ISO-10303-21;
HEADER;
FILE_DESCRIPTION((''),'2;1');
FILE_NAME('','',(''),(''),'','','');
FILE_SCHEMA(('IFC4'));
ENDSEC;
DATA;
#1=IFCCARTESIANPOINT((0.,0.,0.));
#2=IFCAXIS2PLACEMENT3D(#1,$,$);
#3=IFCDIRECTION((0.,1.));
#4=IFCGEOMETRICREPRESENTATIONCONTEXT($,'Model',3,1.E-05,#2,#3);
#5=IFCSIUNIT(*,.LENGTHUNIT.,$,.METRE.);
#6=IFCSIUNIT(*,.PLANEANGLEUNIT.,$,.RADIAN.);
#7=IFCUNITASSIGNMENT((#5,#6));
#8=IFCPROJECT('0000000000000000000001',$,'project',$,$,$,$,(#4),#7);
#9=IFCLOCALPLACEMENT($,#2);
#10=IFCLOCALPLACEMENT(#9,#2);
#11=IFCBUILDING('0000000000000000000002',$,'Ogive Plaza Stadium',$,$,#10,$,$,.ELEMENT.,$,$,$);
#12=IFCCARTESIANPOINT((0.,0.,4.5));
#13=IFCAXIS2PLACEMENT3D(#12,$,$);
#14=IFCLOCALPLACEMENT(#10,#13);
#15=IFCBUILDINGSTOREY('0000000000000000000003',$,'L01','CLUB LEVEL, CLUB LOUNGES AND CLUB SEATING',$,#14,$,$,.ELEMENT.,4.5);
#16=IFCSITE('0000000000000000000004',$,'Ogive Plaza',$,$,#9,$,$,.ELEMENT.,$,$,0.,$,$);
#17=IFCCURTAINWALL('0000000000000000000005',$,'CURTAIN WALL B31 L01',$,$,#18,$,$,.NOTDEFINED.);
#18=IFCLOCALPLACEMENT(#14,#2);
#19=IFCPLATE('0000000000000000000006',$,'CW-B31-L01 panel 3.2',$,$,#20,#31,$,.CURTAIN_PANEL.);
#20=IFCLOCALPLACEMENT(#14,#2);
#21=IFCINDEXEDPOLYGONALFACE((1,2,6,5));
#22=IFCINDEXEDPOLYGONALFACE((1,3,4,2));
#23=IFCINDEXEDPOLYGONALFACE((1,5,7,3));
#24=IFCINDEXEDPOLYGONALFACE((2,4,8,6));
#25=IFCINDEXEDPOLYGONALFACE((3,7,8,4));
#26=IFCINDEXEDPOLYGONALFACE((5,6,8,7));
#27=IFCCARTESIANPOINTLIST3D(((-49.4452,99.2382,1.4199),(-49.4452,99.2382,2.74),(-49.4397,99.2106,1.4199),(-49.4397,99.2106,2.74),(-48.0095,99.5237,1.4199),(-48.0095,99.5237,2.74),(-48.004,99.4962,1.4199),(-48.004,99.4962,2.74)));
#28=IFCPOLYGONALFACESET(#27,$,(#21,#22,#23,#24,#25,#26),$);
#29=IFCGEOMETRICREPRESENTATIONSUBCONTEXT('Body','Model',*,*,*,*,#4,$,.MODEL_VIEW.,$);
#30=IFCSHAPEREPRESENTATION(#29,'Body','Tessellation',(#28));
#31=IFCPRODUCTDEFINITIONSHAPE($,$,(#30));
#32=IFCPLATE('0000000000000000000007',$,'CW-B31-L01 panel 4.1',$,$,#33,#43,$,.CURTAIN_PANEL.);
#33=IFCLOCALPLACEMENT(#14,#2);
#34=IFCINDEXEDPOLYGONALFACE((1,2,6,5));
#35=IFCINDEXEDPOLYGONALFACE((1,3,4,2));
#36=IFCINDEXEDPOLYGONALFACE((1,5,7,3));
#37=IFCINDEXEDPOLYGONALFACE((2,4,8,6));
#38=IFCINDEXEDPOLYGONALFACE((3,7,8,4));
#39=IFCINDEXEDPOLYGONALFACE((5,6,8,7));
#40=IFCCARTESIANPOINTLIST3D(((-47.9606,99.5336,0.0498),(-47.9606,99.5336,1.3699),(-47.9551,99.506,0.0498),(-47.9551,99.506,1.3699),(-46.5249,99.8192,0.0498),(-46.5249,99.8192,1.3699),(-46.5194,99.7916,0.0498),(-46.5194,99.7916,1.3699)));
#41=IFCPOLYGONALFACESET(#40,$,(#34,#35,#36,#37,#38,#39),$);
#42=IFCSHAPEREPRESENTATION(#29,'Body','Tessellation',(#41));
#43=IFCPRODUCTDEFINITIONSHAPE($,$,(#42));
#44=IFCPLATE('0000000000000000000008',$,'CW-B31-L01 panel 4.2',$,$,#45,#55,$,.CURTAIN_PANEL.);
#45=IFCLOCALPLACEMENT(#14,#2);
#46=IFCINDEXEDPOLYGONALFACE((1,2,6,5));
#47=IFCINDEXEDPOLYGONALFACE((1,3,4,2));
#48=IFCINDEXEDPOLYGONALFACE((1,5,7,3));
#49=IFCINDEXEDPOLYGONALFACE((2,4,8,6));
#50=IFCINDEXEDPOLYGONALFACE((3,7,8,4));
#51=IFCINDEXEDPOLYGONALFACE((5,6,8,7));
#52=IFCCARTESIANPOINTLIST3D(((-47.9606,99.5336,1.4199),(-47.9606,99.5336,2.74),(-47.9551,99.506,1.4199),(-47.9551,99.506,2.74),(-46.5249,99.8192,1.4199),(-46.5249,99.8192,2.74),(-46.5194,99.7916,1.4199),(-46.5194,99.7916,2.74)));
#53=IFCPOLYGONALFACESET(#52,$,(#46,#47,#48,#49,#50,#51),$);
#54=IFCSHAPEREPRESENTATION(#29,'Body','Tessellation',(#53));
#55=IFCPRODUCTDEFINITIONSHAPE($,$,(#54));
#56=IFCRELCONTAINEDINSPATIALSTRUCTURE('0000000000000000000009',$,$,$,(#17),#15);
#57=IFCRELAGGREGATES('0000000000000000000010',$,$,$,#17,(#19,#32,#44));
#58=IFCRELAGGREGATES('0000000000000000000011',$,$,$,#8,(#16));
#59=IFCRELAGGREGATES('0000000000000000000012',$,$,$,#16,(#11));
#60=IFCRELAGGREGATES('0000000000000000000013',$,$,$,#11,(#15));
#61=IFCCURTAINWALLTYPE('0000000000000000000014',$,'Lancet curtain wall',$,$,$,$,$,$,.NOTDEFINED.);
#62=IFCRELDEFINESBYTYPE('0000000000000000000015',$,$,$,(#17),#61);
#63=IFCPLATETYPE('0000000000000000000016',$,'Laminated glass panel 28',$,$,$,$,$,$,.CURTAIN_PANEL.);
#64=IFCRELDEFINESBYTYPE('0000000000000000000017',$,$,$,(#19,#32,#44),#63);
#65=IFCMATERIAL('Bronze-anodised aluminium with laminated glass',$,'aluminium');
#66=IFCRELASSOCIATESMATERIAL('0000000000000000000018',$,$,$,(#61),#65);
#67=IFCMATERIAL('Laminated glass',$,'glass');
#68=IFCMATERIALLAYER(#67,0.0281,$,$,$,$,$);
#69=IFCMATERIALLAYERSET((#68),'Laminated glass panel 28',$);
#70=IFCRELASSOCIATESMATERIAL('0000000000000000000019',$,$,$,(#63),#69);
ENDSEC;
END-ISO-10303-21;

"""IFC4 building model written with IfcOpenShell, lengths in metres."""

from ifc_helpers import new_model, si_unit, direction, frame, origin, origin_2d, place, context, subcontext, project, spatial, rectangle, extrude, material, layer, layer_set, type_object, element, aggregate, save


model = new_model("IFC4")

# Units and contexts
model_context = context("Model", 3, precision=1e-05, world=origin(), true_north=direction((0.0, 1.0)))
body_context = subcontext(model_context, "Body", "Model", "MODEL_VIEW")
ifc_project = project(units=[si_unit("LENGTHUNIT", "METRE"), si_unit("PLANEANGLEUNIT", "RADIAN")], contexts=[model_context])

# Site, building, storey
site_placement = place(None, origin())
site = spatial("IfcSite", under=ifc_project, at=site_placement, Name="Ogive Plaza", CompositionType="ELEMENT", RefElevation=0.0)
building_placement = place(site_placement, origin())
building = spatial("IfcBuilding", under=site, at=building_placement, Name="Ogive Plaza Stadium", CompositionType="ELEMENT")
storey_placement = place(building_placement, frame((0.0, 0.0, 4.5)))
storey = spatial("IfcBuildingStorey", under=building, at=storey_placement, Name="L01", Description="CLUB LEVEL, CLUB LOUNGES AND CLUB SEATING", CompositionType="ELEMENT", Elevation=4.5)

# Shared definitions
ifc_material_1 = material(Name="Bronze-anodised aluminium with laminated glass", Category="aluminium")
curtain_wall_type = type_object("IfcCurtainWallType", Name="Lancet curtain wall", PredefinedType="NOTDEFINED", material=ifc_material_1)

# Curtain wall
curtain_wall_1_placement = place(storey_placement, origin())
curtain_wall_1 = element("IfcCurtainWall", 1, at=curtain_wall_1_placement, inside=storey, type_object=curtain_wall_type, Name="CURTAIN WALL B31 L01", PredefinedType="NOTDEFINED")

# Plates
ifc_material_2 = material(Name="Laminated glass", Category="glass")
ifc_layer = layer(ifc_material_2, 0.0281)
ifc_layer_set = layer_set([ifc_layer], Name="Laminated glass panel 28")
plate_type = type_object("IfcPlateType", Name="Laminated glass panel 28", PredefinedType="CURTAIN_PANEL", material=ifc_layer_set)
plate_1_placement = place(storey_placement, frame((-48.7246, 99.3672, 1.4199), z_axis=(0.0, 0.0, 1.0), x_axis=(0.980785, 0.19509, 0.0)))
plate_1 = element("IfcPlate", 2, at=plate_1_placement, type_object=plate_type, Name="CW-B31-L01 panel 3.2", PredefinedType="CURTAIN_PANEL", context=body_context, shape_type="SweptSolid", body=[
    extrude(rectangle(XDim=1.4639, YDim=0.0281, at=origin_2d()), origin(), (0.0, 0.0, 1.0), 1.3201),
])
plate_2_placement = place(storey_placement, frame((-47.24, 99.6626, 0.0498), z_axis=(0.0, 0.0, 1.0), x_axis=(0.980785, 0.19509, 0.0)))
plate_2 = element("IfcPlate", 3, at=plate_2_placement, type_object=plate_type, Name="CW-B31-L01 panel 4.1", PredefinedType="CURTAIN_PANEL", context=body_context, shape_type="SweptSolid", body=[
    extrude(rectangle(XDim=1.4639, YDim=0.0281, at=origin_2d()), origin(), (0.0, 0.0, 1.0), 1.3201),
])
plate_3_placement = place(storey_placement, frame((-47.24, 99.6626, 1.4199), z_axis=(0.0, 0.0, 1.0), x_axis=(0.980785, 0.19509, 0.0)))
plate_3 = element("IfcPlate", 4, at=plate_3_placement, type_object=plate_type, Name="CW-B31-L01 panel 4.2", PredefinedType="CURTAIN_PANEL", context=body_context, shape_type="SweptSolid", body=[
    extrude(rectangle(XDim=1.4639, YDim=0.0281, at=origin_2d()), origin(), (0.0, 0.0, 1.0), 1.3201),
])
aggregate(curtain_wall_1, [plate_1, plate_2, plate_3])

save(model, "model.ifc")
